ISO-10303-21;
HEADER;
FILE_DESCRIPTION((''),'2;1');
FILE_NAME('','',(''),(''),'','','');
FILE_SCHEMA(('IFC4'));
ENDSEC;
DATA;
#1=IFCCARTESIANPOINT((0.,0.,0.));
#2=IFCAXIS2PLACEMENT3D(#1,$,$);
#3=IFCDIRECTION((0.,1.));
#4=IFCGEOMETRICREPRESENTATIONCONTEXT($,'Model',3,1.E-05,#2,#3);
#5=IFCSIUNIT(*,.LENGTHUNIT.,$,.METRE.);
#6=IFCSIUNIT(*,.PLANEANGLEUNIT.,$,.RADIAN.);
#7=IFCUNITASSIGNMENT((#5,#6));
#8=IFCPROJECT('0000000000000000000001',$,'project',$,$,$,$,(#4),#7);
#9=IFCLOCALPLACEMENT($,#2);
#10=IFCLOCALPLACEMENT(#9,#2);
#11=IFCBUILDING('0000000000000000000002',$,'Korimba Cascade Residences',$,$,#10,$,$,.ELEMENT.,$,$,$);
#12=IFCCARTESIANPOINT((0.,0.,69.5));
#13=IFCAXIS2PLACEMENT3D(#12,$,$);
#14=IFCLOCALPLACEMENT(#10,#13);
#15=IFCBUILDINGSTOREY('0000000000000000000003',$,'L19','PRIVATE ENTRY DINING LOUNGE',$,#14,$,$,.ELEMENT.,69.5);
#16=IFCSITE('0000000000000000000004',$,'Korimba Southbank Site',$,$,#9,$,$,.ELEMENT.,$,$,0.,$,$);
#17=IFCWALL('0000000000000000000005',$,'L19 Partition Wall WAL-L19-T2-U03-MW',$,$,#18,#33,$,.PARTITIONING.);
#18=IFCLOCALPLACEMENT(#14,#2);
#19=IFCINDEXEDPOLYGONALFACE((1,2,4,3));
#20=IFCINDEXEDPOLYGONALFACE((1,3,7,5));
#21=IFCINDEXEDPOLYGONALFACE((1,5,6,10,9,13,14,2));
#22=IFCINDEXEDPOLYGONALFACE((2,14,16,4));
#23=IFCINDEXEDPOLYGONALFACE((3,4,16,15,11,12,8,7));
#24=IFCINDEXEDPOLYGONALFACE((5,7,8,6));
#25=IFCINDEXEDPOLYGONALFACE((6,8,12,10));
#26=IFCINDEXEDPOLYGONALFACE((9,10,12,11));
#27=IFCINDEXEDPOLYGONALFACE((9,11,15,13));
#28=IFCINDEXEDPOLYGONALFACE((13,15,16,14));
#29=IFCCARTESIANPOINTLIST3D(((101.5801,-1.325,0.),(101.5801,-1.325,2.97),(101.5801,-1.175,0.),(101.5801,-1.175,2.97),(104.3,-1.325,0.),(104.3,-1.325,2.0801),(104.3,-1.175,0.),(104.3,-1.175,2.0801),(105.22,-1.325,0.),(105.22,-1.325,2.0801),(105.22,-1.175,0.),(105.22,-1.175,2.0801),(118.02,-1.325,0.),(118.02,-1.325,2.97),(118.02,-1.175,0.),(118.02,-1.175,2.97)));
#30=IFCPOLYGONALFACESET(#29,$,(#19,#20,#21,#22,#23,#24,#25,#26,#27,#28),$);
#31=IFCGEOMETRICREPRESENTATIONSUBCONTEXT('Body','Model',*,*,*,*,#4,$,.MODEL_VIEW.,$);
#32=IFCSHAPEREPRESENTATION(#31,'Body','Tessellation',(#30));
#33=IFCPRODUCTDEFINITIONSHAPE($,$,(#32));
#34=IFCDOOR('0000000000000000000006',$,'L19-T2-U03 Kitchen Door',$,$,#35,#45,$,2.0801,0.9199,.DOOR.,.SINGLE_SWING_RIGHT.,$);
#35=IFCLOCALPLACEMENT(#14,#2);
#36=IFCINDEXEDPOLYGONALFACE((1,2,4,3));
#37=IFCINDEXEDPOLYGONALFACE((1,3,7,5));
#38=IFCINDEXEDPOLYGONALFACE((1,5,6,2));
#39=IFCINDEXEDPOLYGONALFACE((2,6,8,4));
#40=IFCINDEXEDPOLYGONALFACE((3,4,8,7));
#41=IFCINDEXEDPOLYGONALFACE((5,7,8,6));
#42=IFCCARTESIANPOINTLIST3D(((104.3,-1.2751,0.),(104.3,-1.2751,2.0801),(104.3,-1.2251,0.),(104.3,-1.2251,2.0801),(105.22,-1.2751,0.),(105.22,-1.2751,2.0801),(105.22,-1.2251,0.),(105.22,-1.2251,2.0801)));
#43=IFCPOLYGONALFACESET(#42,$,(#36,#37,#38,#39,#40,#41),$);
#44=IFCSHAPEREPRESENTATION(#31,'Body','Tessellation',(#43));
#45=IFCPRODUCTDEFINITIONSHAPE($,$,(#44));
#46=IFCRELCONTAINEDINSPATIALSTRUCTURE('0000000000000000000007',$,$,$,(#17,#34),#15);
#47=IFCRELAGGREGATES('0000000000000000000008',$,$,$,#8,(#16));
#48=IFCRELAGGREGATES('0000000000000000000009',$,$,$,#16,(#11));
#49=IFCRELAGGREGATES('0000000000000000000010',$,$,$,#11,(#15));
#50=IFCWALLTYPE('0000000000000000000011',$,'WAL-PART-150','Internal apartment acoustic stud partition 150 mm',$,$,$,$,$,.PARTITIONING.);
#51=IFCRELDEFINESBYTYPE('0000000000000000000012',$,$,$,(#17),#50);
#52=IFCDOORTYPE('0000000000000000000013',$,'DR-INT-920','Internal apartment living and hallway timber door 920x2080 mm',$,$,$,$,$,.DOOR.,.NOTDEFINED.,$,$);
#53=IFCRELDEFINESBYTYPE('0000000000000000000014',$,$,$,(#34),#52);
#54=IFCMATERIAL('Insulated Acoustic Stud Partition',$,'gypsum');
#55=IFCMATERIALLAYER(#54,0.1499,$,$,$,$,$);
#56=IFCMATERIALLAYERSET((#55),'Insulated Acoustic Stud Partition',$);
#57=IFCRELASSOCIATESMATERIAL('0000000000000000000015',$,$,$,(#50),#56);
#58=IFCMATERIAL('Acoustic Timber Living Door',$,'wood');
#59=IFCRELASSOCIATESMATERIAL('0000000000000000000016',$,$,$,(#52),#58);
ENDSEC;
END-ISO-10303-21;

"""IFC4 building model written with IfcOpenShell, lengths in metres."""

from ifc_helpers import new_model, si_unit, direction, frame, frame_2d, origin, place, context, subcontext, project, spatial, rectangle, extrude, material, layer, layer_set, type_object, element, fill, save


model = new_model("IFC4")

# Units and contexts
model_context = context("Model", 3, precision=1e-05, world=origin(), true_north=direction((0.0, 1.0)))
body_context = subcontext(model_context, "Body", "Model", "MODEL_VIEW")
ifc_project = project(units=[si_unit("LENGTHUNIT", "METRE"), si_unit("PLANEANGLEUNIT", "RADIAN")], contexts=[model_context])

# Site, building, storey
site_placement = place(None, origin())
site = spatial("IfcSite", under=ifc_project, at=site_placement, Name="Korimba Southbank Site", CompositionType="ELEMENT", RefElevation=0.0)
building_placement = place(site_placement, origin())
building = spatial("IfcBuilding", under=site, at=building_placement, Name="Korimba Cascade Residences", CompositionType="ELEMENT")
storey_placement = place(building_placement, frame((0.0, 0.0, 69.5)))
storey = spatial("IfcBuildingStorey", under=building, at=storey_placement, Name="L19", Description="PRIVATE ENTRY DINING LOUNGE", CompositionType="ELEMENT", Elevation=69.5)

# Shared definitions
ifc_material_1 = material(Name="Insulated Acoustic Stud Partition", Category="gypsum")
ifc_layer = layer(ifc_material_1, 0.1499)
ifc_layer_set = layer_set([ifc_layer], Name="Insulated Acoustic Stud Partition")
wall_type = type_object("IfcWallType", Name="WAL-PART-150", Description="Internal apartment acoustic stud partition 150 mm", PredefinedType="PARTITIONING", material=ifc_layer_set)

# Wall, opening, door
wall_1_placement = place(storey_placement, frame((101.5801, -1.25, 0.0), z_axis=(0.0, 0.0, 1.0), x_axis=(1.0, 0.0, 0.0)))
wall_1 = element("IfcWall", 1, at=wall_1_placement, inside=storey, type_object=wall_type, Name="L19 Partition Wall WAL-L19-T2-U03-MW", PredefinedType="PARTITIONING", context=body_context, shape_type="SweptSolid", body=[
    extrude(rectangle(XDim=16.4399, YDim=0.1499, at=frame_2d((8.22, 0.0))), origin(), (0.0, 0.0, 1.0), 2.97),
])
opening_1_placement = place(wall_1_placement, frame((2.72, 0.0, 0.0)))
opening_1 = element("IfcOpeningElement", 2, at=opening_1_placement, cuts=wall_1, PredefinedType="OPENING", context=body_context, shape_type="SweptSolid", body=[
    extrude(rectangle(XDim=0.9199, YDim=2.0801, at=frame_2d((0.46, 1.04))), frame((0.0, 0.085, 0.0), z_axis=(0.0, -1.0, 0.0), x_axis=(1.0, 0.0, 0.0)), (0.0, 0.0, 1.0), 0.1699),
])
ifc_material_2 = material(Name="Acoustic Timber Living Door", Category="wood")
door_type_1 = type_object("IfcDoorType", Name="DR-INT-920", Description="Internal apartment living and hallway timber door 920x2080 mm", OperationType="NOTDEFINED", PredefinedType="DOOR", material=ifc_material_2)
door_1_placement = place(opening_1_placement, origin())
door_1 = element("IfcDoor", 3, at=door_1_placement, inside=storey, type_object=door_type_1, Name="L19-T2-U03 Kitchen Door", OperationType="SINGLE_SWING_RIGHT", OverallHeight=2.0801, OverallWidth=0.9199, PredefinedType="DOOR", context=body_context, shape_type="SweptSolid", body=[
    extrude(rectangle(XDim=0.9199, YDim=2.0801, at=frame_2d((0.46, 1.04))), frame((0.0, 0.0249, 0.0), z_axis=(0.0, -1.0, 0.0), x_axis=(1.0, 0.0, 0.0)), (0.0, 0.0, 1.0), 0.05),
])
fill(opening_1, door_1)

save(model, "model.ifc")
